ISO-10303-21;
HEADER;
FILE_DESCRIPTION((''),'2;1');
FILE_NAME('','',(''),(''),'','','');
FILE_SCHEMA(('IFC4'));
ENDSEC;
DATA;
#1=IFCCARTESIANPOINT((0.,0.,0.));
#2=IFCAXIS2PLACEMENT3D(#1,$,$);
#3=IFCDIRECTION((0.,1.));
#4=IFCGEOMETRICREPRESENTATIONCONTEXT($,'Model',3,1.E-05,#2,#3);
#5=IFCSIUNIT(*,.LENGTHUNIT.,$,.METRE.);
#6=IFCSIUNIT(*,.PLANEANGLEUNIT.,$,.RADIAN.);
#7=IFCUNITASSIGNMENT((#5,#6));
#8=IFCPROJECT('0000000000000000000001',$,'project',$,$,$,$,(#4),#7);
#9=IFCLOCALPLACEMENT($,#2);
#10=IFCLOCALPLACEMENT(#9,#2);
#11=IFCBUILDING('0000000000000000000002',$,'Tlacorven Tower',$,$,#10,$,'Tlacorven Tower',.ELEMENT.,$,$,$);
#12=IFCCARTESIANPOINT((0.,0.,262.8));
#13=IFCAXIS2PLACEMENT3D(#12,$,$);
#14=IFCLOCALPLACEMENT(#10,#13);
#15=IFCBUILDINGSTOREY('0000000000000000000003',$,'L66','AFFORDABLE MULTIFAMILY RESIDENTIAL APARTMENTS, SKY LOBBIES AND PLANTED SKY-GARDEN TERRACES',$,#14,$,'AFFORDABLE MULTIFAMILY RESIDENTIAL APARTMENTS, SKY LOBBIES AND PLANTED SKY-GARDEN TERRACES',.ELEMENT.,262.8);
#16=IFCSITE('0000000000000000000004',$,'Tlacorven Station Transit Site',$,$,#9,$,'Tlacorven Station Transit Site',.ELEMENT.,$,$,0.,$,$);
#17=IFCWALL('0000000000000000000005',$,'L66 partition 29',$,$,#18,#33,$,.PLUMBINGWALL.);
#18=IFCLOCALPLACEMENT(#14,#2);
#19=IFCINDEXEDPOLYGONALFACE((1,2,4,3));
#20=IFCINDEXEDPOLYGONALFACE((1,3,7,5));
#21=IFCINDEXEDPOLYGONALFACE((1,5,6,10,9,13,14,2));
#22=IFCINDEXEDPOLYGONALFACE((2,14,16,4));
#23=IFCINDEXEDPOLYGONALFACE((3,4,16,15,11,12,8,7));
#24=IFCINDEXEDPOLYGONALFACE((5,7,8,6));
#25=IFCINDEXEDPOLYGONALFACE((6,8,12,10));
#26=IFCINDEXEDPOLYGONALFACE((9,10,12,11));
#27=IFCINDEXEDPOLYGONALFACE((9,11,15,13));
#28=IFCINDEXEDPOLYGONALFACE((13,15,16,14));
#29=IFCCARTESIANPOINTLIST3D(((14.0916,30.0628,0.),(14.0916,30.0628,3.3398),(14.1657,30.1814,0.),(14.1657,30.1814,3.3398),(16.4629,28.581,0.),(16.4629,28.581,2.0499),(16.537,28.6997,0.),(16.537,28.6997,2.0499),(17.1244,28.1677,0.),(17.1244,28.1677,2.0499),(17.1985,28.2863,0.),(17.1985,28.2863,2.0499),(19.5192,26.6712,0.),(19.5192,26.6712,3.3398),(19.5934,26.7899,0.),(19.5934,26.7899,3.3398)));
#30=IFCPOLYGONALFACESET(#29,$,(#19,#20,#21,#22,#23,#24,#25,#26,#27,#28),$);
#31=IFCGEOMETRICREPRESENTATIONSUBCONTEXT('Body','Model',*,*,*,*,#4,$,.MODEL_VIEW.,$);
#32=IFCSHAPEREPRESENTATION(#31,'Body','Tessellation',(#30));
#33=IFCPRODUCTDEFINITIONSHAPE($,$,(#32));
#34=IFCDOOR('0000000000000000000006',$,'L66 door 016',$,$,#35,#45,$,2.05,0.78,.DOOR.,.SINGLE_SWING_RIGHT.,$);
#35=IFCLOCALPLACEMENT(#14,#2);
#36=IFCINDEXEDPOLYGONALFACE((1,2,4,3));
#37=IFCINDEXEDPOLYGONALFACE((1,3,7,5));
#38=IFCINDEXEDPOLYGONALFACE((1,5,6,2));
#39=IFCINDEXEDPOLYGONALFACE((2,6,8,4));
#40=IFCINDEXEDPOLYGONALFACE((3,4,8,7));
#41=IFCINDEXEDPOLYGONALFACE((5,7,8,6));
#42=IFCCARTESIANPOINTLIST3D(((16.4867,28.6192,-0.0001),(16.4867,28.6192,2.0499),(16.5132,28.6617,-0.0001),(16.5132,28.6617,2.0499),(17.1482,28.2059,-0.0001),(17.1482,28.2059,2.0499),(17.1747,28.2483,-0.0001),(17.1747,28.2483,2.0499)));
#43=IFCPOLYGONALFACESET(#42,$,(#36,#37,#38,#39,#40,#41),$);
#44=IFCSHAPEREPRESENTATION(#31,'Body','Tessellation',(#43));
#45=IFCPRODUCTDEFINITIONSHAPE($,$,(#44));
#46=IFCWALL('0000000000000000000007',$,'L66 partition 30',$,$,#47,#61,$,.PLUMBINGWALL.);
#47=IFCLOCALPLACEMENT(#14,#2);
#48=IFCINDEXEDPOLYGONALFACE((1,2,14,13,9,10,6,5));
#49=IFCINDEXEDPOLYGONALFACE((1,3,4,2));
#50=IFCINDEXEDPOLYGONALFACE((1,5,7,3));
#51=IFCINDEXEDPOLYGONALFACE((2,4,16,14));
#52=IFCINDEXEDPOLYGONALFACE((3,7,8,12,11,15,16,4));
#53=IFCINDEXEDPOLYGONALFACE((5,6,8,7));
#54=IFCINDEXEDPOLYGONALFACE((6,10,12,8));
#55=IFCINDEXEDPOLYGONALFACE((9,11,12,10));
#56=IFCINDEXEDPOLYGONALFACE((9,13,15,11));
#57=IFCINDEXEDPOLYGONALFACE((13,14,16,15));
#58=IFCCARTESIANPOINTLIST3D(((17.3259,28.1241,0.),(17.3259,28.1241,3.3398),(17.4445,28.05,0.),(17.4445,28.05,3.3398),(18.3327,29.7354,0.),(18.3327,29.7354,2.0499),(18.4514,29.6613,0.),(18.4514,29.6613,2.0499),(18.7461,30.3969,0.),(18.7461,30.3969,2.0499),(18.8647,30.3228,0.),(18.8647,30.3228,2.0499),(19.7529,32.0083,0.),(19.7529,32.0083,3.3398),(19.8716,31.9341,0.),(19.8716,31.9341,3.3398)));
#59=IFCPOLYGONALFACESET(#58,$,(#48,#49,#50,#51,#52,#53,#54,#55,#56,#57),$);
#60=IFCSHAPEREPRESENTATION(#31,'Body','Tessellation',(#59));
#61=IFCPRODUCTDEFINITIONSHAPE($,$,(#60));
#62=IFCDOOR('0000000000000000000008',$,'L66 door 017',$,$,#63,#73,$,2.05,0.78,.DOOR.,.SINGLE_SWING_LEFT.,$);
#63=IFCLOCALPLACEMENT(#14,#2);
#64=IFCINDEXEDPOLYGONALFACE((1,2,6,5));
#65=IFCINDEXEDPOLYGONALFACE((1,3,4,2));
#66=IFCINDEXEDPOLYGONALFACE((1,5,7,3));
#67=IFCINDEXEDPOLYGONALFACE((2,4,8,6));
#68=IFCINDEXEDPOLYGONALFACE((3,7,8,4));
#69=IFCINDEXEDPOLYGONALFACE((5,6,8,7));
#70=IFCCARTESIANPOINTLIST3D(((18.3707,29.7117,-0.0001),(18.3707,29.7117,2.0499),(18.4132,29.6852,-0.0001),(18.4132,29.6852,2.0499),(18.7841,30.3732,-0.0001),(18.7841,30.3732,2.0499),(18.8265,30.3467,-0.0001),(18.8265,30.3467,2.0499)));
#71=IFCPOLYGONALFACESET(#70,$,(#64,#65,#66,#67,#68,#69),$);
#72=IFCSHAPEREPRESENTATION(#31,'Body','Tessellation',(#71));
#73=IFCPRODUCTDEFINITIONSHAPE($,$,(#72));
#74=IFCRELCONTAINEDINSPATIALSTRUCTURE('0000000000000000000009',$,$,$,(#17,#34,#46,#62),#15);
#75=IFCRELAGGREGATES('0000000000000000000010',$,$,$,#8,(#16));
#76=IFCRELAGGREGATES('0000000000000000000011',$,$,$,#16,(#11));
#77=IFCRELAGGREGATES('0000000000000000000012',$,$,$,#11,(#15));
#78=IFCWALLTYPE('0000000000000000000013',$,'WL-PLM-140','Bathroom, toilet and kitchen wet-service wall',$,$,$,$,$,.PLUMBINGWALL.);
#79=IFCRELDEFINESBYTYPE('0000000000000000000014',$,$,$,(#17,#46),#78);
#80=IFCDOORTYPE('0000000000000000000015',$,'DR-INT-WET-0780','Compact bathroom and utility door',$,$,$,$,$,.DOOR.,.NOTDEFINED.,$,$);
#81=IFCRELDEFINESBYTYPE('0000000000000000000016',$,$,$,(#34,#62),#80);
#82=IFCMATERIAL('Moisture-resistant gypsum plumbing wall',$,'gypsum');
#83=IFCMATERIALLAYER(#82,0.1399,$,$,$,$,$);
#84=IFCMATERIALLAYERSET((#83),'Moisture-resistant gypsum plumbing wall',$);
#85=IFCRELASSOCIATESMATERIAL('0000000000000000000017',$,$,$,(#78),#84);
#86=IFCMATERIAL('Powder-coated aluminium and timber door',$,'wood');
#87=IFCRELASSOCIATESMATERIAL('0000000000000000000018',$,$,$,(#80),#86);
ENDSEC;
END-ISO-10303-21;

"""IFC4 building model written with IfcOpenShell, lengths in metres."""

from ifc_helpers import new_model, si_unit, direction, frame, frame_2d, origin, place, context, subcontext, project, spatial, rectangle, extrude, source, transform, mapped, material, layer, layer_set, type_object, element, fill, save


model = new_model("IFC4")

# Units and contexts
model_context = context("Model", 3, precision=1e-05, world=origin(), true_north=direction((0.0, 1.0)))
body_context = subcontext(model_context, "Body", "Model", "MODEL_VIEW")
ifc_project = project(units=[si_unit("LENGTHUNIT", "METRE"), si_unit("PLANEANGLEUNIT", "RADIAN")], contexts=[model_context])

# Site, building, storey
site_placement = place(None, origin())
site = spatial("IfcSite", under=ifc_project, at=site_placement, Name="Tlacorven Station Transit Site", LongName="Tlacorven Station Transit Site", CompositionType="ELEMENT", RefElevation=0.0)
building_placement = place(site_placement, origin())
building = spatial("IfcBuilding", under=site, at=building_placement, Name="Tlacorven Tower", LongName="Tlacorven Tower", CompositionType="ELEMENT")
storey_placement = place(building_placement, frame((0.0, 0.0, 262.8)))
storey = spatial("IfcBuildingStorey", under=building, at=storey_placement, Name="L66", Description="AFFORDABLE MULTIFAMILY RESIDENTIAL APARTMENTS, SKY LOBBIES AND PLANTED SKY-GARDEN TERRACES", LongName="AFFORDABLE MULTIFAMILY RESIDENTIAL APARTMENTS, SKY LOBBIES AND PLANTED SKY-GARDEN TERRACES", CompositionType="ELEMENT", Elevation=262.8)

# Walls, openings, doors
ifc_material_1 = material(Name="Moisture-resistant gypsum plumbing wall", Category="gypsum")
ifc_layer_1 = layer(ifc_material_1, 0.1399)
ifc_layer_set_1 = layer_set([ifc_layer_1], Name="Moisture-resistant gypsum plumbing wall")
wall_type_1 = type_object("IfcWallType", Name="WL-PLM-140", Description="Bathroom, toilet and kitchen wet-service wall", PredefinedType="PLUMBINGWALL", material=ifc_layer_set_1)
wall_1_placement = place(storey_placement, frame((19.5564, 26.7305, 0.0), z_axis=(0.0, 0.0, 1.0), x_axis=(-0.84805, 0.529917, 0.0)))
wall_1 = element("IfcWall", 1, at=wall_1_placement, inside=storey, type_object=wall_type_1, Name="L66 partition 29", PredefinedType="PLUMBINGWALL", context=body_context, shape_type="SweptSolid", body=[
    extrude(rectangle(XDim=6.4001, YDim=0.1399, at=frame_2d((3.2002, 0.0))), origin(), (0.0, 0.0, 1.0), 3.3398),
])
opening_1_placement = place(wall_1_placement, frame((2.824, 0.0, 0.0)))
opening_1 = element("IfcOpeningElement", 2, at=opening_1_placement, cuts=wall_1, PredefinedType="OPENING", context=body_context, shape_type="SweptSolid", body=[
    extrude(rectangle(XDim=0.78, YDim=2.05, at=frame_2d((0.3901, 1.0249))), frame((0.0, 0.0801, 0.0), z_axis=(0.0, -1.0, 0.0), x_axis=(1.0, 0.0, 0.0)), (0.0, 0.0, 1.0), 0.1599),
])
ifc_material_2 = material(Name="Powder-coated aluminium and timber door", Category="wood")
door_type_1 = type_object("IfcDoorType", Name="DR-INT-WET-0780", Description="Compact bathroom and utility door", OperationType="NOTDEFINED", PredefinedType="DOOR", material=ifc_material_2)
shared_shape_1 = source(origin(), body_context, "Body", "SweptSolid", [
    extrude(rectangle(XDim=0.78, YDim=2.05, at=frame_2d((0.3901, 1.0249))), frame((0.0, 0.0249, 0.0), z_axis=(0.0, -1.0, 0.0), x_axis=(1.0, 0.0, 0.0)), (0.0, 0.0, 1.0), 0.05),
])
door_1_placement = place(opening_1_placement, origin())
door_1 = element("IfcDoor", 3, at=door_1_placement, inside=storey, type_object=door_type_1, Name="L66 door 016", OperationType="SINGLE_SWING_RIGHT", OverallHeight=2.05, OverallWidth=0.78, PredefinedType="DOOR", context=body_context, shape_type="MappedRepresentation", body=[
    mapped(shared_shape_1, transform((0.0, 0.0, 0.0), scale=1.0)),
])
fill(opening_1, door_1)
wall_2_placement = place(storey_placement, frame((19.8123, 31.9712, 0.0), z_axis=(0.0, 0.0, 1.0), x_axis=(-0.529917, -0.848049, 0.0)))
wall_2 = element("IfcWall", 4, at=wall_2_placement, inside=storey, type_object=wall_type_1, Name="L66 partition 30", PredefinedType="PLUMBINGWALL", context=body_context, shape_type="SweptSolid", body=[
    extrude(rectangle(XDim=4.5801, YDim=0.1399, at=frame_2d((2.29, 0.0))), origin(), (0.0, 0.0, 1.0), 3.3398),
])
opening_2_placement = place(wall_2_placement, frame((1.8999, 0.0, 0.0)))
opening_2 = element("IfcOpeningElement", 5, at=opening_2_placement, cuts=wall_2, PredefinedType="OPENING", context=body_context, shape_type="SweptSolid", body=[
    extrude(rectangle(XDim=0.78, YDim=2.05, at=frame_2d((0.3901, 1.0249))), frame((0.0, 0.0801, 0.0), z_axis=(0.0, -1.0, 0.0), x_axis=(1.0, 0.0, 0.0)), (0.0, 0.0, 1.0), 0.1599),
])
door_2_placement = place(opening_2_placement, origin())
door_2 = element("IfcDoor", 6, at=door_2_placement, inside=storey, type_object=door_type_1, Name="L66 door 017", OperationType="SINGLE_SWING_LEFT", OverallHeight=2.05, OverallWidth=0.78, PredefinedType="DOOR", context=body_context, shape_type="MappedRepresentation", body=[
    mapped(shared_shape_1, transform((0.0, 0.0, 0.0), scale=1.0)),
])
fill(opening_2, door_2)

save(model, "model.ifc")
